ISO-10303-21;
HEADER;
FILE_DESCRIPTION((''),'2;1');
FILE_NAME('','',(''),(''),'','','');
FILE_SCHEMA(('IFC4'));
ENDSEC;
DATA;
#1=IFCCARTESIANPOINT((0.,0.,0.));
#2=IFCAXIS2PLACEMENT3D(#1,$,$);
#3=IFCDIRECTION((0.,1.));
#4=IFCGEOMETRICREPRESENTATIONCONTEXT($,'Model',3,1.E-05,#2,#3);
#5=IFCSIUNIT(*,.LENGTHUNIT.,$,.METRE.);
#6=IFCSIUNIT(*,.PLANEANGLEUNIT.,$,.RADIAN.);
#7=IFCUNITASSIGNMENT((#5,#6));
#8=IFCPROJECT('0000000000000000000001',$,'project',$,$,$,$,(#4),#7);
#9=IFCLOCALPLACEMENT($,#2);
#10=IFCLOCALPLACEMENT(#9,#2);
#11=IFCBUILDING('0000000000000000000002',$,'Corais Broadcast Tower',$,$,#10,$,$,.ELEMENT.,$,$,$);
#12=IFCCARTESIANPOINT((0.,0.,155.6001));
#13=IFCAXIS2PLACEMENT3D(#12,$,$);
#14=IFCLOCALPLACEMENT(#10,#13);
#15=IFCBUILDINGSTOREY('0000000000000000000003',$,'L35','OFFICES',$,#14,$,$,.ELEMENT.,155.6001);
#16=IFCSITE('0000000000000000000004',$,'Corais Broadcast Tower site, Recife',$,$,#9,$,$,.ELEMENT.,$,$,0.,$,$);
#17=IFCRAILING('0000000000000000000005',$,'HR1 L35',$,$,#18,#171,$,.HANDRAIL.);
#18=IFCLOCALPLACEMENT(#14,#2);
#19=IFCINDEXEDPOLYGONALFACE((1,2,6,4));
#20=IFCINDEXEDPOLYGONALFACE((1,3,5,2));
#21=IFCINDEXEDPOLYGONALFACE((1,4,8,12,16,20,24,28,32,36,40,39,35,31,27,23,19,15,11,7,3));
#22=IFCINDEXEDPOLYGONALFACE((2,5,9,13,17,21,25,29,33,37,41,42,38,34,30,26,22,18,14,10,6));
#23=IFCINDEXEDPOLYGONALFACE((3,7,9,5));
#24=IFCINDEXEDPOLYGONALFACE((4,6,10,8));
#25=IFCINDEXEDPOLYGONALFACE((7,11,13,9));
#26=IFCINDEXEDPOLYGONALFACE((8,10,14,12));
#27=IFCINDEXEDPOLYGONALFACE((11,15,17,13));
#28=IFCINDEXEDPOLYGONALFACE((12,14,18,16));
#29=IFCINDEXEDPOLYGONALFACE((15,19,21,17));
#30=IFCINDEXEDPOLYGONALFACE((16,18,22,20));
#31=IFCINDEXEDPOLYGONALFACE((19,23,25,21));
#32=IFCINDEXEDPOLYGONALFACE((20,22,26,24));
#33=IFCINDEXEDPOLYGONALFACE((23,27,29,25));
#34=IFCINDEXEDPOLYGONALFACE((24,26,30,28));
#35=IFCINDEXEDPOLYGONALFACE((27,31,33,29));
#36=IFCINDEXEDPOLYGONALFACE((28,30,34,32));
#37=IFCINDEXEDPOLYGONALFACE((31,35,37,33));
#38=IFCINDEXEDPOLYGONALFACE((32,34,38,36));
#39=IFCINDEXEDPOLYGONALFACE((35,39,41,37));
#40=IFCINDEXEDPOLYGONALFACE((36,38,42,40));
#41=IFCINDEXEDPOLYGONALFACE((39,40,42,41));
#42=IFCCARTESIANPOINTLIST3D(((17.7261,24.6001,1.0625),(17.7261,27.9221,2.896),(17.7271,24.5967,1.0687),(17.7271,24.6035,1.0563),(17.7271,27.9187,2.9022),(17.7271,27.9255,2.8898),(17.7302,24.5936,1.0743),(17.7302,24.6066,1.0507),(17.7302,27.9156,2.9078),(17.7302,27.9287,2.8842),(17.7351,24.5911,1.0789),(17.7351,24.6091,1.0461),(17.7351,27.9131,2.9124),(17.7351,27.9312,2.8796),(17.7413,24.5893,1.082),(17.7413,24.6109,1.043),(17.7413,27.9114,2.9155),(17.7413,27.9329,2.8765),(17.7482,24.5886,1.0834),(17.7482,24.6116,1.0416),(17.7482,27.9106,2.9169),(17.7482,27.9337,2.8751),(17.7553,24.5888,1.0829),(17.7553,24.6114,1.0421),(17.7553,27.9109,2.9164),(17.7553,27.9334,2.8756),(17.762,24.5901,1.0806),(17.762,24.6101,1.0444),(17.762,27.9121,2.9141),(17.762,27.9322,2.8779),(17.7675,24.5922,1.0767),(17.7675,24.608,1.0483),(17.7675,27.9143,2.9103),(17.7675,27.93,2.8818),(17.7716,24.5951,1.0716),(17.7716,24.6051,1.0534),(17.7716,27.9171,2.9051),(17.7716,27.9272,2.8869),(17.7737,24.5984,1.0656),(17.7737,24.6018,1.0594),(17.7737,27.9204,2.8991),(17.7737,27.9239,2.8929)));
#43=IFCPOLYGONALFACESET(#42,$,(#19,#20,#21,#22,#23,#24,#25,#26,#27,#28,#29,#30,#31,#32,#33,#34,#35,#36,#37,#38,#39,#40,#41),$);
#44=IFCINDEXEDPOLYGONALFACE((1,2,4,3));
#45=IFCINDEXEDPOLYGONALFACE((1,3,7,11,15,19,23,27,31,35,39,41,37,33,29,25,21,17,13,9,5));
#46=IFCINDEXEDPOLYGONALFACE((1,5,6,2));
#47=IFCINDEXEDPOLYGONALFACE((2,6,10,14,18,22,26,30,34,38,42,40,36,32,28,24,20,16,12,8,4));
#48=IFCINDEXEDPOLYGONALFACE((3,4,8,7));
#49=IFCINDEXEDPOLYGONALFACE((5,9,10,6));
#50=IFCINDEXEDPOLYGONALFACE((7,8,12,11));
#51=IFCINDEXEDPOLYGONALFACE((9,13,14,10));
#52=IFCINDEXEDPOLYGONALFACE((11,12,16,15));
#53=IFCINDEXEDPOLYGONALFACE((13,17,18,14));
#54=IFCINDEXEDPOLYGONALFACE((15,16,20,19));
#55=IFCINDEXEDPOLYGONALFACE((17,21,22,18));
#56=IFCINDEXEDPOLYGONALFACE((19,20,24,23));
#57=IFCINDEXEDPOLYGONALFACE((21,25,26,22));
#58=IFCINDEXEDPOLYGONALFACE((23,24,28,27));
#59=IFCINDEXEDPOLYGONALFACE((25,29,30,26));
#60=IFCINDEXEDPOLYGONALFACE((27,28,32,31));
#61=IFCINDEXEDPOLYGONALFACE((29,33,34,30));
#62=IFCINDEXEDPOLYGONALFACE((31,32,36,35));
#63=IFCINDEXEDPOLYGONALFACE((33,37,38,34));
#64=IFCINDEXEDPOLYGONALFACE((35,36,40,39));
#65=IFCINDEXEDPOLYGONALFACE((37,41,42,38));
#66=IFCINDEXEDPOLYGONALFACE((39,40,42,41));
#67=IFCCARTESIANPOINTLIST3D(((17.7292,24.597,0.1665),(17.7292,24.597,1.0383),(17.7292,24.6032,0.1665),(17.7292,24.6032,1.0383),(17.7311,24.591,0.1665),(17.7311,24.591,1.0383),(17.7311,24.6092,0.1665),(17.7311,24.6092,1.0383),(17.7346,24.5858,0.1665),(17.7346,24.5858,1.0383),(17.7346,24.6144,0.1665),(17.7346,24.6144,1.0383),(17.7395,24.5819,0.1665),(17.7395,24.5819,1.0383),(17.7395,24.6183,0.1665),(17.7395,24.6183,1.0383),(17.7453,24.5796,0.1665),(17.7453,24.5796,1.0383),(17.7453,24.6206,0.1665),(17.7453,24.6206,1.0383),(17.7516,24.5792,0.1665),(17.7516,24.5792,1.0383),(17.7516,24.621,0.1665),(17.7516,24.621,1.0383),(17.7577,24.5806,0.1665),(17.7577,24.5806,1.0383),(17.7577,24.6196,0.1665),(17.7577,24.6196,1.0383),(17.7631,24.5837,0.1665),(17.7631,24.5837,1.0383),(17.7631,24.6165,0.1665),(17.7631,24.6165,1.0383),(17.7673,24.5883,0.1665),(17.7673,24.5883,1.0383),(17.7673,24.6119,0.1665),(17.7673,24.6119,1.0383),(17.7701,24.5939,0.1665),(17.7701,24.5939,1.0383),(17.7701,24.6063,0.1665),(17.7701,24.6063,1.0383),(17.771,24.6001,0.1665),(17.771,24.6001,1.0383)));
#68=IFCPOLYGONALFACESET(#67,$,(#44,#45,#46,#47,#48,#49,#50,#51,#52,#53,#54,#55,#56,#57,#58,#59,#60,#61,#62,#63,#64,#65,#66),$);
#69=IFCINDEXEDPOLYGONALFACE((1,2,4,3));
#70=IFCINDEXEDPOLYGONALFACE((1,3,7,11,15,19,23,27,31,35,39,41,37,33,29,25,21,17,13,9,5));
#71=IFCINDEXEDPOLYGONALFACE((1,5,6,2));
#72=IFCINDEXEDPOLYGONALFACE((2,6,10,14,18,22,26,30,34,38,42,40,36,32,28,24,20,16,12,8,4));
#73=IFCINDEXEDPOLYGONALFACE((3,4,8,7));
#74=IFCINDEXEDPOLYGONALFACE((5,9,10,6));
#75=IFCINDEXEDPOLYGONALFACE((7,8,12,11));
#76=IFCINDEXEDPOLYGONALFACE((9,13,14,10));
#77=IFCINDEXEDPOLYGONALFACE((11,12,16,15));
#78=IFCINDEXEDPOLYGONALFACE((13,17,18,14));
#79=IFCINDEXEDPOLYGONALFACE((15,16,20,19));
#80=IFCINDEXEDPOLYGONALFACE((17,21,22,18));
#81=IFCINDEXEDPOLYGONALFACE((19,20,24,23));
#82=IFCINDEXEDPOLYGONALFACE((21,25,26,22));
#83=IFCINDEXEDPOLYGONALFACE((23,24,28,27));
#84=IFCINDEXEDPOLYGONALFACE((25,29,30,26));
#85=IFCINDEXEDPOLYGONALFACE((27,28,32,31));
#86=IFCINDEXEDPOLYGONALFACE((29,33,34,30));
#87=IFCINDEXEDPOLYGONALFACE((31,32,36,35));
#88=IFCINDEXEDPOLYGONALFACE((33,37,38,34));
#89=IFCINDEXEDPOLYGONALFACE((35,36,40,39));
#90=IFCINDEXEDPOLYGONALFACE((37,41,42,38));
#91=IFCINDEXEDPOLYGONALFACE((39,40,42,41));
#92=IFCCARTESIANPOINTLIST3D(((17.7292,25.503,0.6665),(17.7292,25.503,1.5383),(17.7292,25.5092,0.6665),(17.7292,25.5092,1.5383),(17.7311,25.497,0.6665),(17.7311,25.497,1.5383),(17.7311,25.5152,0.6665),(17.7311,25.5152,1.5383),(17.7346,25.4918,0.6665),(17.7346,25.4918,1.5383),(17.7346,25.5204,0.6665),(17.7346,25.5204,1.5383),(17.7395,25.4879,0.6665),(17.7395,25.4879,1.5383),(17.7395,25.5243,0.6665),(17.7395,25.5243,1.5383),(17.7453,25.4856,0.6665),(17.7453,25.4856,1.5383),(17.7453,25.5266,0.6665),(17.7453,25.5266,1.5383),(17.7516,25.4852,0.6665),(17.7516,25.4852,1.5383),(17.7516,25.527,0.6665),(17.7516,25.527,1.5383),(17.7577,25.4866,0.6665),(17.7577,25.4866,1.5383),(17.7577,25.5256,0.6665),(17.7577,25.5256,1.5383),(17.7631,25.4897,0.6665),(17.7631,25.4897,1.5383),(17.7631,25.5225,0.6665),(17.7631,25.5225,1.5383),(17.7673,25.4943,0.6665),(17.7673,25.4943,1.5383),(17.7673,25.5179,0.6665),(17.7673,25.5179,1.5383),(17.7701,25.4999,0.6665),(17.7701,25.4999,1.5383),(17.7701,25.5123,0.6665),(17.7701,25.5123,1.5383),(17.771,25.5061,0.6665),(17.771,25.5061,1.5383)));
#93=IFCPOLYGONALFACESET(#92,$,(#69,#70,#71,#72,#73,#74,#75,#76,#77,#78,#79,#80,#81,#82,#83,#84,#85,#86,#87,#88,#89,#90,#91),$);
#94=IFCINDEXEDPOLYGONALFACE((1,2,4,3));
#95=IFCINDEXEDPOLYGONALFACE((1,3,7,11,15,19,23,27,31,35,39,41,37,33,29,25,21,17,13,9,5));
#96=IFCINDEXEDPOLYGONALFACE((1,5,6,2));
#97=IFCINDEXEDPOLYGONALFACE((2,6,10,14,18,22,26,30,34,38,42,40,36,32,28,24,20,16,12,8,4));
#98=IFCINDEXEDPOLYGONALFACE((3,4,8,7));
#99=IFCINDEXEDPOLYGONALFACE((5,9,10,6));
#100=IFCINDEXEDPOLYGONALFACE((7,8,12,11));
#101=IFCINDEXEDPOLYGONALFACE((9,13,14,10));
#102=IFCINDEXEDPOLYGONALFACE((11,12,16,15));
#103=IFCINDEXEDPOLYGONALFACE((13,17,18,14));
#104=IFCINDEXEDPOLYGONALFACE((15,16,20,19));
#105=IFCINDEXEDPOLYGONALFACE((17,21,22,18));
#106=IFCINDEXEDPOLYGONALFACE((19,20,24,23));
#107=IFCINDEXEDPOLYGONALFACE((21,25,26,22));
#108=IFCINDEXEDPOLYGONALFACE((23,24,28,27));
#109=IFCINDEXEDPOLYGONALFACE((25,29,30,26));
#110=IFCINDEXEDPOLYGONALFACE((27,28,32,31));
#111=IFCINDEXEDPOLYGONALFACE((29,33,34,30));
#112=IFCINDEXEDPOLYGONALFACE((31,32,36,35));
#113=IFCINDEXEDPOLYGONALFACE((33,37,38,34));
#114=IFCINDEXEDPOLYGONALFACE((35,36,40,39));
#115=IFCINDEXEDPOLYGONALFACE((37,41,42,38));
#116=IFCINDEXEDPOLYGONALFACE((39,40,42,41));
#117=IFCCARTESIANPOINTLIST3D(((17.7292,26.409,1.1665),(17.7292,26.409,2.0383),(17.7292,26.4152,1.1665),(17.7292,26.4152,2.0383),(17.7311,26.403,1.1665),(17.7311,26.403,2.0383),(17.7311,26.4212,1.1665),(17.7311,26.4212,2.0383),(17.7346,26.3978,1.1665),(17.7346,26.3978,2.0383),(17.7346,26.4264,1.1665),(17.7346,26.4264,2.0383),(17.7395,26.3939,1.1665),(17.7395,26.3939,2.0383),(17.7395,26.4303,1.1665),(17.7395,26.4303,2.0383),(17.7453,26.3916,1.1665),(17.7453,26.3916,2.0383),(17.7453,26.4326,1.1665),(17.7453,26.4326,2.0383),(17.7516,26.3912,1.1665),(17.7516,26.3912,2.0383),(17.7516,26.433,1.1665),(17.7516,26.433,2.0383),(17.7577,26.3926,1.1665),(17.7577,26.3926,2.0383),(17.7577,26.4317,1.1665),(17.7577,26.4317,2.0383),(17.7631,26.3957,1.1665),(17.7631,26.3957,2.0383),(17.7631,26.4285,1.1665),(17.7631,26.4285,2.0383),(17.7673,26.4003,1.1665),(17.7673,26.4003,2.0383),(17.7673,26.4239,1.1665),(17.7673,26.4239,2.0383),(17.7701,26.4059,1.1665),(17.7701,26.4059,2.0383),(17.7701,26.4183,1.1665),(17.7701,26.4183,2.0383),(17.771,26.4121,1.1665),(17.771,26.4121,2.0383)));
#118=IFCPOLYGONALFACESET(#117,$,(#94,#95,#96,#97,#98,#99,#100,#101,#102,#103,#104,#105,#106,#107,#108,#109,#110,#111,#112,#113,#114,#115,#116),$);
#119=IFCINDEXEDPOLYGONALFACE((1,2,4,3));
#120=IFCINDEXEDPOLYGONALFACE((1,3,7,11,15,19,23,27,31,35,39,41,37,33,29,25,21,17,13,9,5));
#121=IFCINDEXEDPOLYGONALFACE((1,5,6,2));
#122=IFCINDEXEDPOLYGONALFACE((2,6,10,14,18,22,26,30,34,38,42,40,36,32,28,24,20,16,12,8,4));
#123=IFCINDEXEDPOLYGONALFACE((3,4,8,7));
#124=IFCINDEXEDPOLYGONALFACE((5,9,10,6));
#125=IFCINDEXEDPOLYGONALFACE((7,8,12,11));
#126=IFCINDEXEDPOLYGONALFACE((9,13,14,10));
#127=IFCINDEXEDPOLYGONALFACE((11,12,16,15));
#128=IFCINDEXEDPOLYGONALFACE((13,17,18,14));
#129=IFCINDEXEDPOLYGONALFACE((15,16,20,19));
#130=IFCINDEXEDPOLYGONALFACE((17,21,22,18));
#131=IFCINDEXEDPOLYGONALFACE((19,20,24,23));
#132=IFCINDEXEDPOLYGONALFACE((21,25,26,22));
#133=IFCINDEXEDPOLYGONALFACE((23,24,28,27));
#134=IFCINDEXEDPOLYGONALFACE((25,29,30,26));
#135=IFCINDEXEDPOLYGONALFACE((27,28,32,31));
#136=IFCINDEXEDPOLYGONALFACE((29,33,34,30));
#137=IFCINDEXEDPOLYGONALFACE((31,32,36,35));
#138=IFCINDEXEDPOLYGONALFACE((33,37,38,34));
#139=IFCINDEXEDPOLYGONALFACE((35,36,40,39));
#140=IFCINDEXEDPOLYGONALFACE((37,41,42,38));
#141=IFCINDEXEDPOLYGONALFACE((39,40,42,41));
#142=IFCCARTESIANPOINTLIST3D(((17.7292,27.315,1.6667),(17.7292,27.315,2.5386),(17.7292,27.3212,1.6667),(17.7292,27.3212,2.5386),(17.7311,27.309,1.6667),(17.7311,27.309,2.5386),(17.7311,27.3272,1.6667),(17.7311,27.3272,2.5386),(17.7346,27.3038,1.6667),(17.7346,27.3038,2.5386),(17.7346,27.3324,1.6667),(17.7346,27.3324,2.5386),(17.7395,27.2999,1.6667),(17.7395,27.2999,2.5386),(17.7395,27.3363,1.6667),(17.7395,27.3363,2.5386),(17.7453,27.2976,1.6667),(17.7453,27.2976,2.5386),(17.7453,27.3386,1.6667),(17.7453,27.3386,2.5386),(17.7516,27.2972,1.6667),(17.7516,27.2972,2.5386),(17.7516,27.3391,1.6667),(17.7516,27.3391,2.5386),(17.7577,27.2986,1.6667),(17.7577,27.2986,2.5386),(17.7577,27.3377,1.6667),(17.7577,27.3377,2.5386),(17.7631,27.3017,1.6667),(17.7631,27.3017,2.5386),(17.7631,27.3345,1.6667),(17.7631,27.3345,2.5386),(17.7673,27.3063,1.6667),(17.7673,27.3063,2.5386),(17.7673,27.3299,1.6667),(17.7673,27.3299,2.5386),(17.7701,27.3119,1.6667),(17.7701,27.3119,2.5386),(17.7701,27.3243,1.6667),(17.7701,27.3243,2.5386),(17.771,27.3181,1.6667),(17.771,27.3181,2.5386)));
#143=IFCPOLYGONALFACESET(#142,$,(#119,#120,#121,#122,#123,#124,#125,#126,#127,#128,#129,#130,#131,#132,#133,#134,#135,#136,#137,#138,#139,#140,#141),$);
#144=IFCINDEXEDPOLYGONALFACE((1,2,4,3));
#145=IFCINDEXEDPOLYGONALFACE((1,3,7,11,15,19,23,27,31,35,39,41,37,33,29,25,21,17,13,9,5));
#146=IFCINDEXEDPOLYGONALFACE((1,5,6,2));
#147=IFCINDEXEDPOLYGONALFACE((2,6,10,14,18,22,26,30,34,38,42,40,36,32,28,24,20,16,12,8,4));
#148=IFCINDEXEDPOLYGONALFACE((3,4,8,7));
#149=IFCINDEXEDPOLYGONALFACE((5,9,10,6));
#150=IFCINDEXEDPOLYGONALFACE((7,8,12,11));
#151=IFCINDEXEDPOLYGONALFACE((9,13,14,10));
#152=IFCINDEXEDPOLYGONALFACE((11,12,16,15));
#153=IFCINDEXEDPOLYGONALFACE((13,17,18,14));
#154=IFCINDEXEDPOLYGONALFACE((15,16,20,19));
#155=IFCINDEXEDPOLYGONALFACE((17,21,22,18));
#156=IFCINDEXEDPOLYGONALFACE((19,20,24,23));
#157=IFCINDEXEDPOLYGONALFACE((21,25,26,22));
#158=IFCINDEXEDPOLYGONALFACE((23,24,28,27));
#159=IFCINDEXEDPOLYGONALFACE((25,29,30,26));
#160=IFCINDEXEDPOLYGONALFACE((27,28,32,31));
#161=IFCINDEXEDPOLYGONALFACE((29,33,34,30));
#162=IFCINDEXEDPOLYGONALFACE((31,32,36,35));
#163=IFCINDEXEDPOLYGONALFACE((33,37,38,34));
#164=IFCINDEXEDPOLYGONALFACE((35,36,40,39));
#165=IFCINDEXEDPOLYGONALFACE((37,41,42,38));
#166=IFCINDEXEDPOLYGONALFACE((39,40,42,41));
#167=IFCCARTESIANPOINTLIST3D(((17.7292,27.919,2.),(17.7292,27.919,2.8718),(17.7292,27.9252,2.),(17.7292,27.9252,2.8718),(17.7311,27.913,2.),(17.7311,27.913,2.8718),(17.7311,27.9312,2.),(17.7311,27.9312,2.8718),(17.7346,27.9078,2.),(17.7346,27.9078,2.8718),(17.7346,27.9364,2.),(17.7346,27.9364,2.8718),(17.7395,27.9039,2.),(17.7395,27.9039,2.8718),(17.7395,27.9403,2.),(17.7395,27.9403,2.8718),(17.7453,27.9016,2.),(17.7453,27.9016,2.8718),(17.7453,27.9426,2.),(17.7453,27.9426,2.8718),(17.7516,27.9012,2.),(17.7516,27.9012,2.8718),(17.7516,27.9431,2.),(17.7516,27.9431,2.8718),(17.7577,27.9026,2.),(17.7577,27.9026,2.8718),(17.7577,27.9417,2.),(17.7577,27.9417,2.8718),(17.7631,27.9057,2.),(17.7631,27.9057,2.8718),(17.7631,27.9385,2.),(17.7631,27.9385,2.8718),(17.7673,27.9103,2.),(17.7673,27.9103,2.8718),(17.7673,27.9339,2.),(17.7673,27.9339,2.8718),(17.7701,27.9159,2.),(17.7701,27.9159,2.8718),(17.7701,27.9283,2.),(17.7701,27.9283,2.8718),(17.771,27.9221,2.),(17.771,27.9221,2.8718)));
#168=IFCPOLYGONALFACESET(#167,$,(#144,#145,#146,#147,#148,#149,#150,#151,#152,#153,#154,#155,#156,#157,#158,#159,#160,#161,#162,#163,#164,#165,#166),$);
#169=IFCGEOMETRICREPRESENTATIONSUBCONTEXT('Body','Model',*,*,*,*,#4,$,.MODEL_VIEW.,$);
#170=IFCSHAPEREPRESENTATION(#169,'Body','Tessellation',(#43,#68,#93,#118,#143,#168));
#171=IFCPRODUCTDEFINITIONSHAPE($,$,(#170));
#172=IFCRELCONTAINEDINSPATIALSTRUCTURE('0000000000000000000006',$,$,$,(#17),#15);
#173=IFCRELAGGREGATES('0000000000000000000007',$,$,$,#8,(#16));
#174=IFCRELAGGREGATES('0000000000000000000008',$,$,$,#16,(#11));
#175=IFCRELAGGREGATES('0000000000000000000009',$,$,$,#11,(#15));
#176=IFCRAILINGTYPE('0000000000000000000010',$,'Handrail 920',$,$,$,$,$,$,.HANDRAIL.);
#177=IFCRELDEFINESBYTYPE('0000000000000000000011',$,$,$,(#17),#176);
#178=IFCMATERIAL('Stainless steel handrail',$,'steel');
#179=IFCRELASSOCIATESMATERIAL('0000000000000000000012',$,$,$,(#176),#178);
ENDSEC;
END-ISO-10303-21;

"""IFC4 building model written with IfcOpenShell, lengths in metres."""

from ifc_helpers import new_model, si_unit, direction, frame, origin, origin_2d, place, context, subcontext, project, spatial, circle, extrude, material, type_object, element, save


model = new_model("IFC4")

# Units and contexts
model_context = context("Model", 3, precision=1e-05, world=origin(), true_north=direction((0.0, 1.0)))
body_context = subcontext(model_context, "Body", "Model", "MODEL_VIEW")
ifc_project = project(units=[si_unit("LENGTHUNIT", "METRE"), si_unit("PLANEANGLEUNIT", "RADIAN")], contexts=[model_context])

# Site, building, storey
site_placement = place(None, origin())
site = spatial("IfcSite", under=ifc_project, at=site_placement, Name="Corais Broadcast Tower site, Recife", CompositionType="ELEMENT", RefElevation=0.0)
building_placement = place(site_placement, origin())
building = spatial("IfcBuilding", under=site, at=building_placement, Name="Corais Broadcast Tower", CompositionType="ELEMENT")
storey_placement = place(building_placement, frame((0.0, 0.0, 155.6001)))
storey = spatial("IfcBuildingStorey", under=building, at=storey_placement, Name="L35", Description="OFFICES", CompositionType="ELEMENT", Elevation=155.6001)

# Railing
ifc_material_1 = material(Name="Stainless steel handrail", Category="steel")
railing_type = type_object("IfcRailingType", Name="Handrail 920", PredefinedType="HANDRAIL", material=ifc_material_1)
for number, where, name in (
    (1, (17.75, 24.6001, 0.1665), "HR1 L35"),
):
    element("IfcRailing", number, at=place(storey_placement, frame(where)), inside=storey, type_object=railing_type, Name=name, PredefinedType="HANDRAIL", context=body_context, shape_type="SweptSolid", body=[
        extrude(circle(Radius=0.0239, at=origin_2d()), frame((0.0, 0.0, 0.896), z_axis=(0.0, 0.875504, 0.48321), x_axis=(-1.0, 0.0, 0.0)), (0.0, 0.0, 1.0), 3.7944),
        extrude(circle(Radius=0.021, at=origin_2d()), origin(), (0.0, 0.0, 1.0), 0.8718),
        extrude(circle(Radius=0.021, at=origin_2d()), frame((0.0, 0.906, 0.5)), (0.0, 0.0, 1.0), 0.8718),
        extrude(circle(Radius=0.021, at=origin_2d()), frame((0.0, 1.812, 1.0)), (0.0, 0.0, 1.0), 0.8718),
        extrude(circle(Radius=0.021, at=origin_2d()), frame((0.0, 2.718, 1.5002)), (0.0, 0.0, 1.0), 0.8718),
        extrude(circle(Radius=0.021, at=origin_2d()), frame((0.0, 3.322, 1.8335)), (0.0, 0.0, 1.0), 0.8718),
    ])

save(model, "model.ifc")
